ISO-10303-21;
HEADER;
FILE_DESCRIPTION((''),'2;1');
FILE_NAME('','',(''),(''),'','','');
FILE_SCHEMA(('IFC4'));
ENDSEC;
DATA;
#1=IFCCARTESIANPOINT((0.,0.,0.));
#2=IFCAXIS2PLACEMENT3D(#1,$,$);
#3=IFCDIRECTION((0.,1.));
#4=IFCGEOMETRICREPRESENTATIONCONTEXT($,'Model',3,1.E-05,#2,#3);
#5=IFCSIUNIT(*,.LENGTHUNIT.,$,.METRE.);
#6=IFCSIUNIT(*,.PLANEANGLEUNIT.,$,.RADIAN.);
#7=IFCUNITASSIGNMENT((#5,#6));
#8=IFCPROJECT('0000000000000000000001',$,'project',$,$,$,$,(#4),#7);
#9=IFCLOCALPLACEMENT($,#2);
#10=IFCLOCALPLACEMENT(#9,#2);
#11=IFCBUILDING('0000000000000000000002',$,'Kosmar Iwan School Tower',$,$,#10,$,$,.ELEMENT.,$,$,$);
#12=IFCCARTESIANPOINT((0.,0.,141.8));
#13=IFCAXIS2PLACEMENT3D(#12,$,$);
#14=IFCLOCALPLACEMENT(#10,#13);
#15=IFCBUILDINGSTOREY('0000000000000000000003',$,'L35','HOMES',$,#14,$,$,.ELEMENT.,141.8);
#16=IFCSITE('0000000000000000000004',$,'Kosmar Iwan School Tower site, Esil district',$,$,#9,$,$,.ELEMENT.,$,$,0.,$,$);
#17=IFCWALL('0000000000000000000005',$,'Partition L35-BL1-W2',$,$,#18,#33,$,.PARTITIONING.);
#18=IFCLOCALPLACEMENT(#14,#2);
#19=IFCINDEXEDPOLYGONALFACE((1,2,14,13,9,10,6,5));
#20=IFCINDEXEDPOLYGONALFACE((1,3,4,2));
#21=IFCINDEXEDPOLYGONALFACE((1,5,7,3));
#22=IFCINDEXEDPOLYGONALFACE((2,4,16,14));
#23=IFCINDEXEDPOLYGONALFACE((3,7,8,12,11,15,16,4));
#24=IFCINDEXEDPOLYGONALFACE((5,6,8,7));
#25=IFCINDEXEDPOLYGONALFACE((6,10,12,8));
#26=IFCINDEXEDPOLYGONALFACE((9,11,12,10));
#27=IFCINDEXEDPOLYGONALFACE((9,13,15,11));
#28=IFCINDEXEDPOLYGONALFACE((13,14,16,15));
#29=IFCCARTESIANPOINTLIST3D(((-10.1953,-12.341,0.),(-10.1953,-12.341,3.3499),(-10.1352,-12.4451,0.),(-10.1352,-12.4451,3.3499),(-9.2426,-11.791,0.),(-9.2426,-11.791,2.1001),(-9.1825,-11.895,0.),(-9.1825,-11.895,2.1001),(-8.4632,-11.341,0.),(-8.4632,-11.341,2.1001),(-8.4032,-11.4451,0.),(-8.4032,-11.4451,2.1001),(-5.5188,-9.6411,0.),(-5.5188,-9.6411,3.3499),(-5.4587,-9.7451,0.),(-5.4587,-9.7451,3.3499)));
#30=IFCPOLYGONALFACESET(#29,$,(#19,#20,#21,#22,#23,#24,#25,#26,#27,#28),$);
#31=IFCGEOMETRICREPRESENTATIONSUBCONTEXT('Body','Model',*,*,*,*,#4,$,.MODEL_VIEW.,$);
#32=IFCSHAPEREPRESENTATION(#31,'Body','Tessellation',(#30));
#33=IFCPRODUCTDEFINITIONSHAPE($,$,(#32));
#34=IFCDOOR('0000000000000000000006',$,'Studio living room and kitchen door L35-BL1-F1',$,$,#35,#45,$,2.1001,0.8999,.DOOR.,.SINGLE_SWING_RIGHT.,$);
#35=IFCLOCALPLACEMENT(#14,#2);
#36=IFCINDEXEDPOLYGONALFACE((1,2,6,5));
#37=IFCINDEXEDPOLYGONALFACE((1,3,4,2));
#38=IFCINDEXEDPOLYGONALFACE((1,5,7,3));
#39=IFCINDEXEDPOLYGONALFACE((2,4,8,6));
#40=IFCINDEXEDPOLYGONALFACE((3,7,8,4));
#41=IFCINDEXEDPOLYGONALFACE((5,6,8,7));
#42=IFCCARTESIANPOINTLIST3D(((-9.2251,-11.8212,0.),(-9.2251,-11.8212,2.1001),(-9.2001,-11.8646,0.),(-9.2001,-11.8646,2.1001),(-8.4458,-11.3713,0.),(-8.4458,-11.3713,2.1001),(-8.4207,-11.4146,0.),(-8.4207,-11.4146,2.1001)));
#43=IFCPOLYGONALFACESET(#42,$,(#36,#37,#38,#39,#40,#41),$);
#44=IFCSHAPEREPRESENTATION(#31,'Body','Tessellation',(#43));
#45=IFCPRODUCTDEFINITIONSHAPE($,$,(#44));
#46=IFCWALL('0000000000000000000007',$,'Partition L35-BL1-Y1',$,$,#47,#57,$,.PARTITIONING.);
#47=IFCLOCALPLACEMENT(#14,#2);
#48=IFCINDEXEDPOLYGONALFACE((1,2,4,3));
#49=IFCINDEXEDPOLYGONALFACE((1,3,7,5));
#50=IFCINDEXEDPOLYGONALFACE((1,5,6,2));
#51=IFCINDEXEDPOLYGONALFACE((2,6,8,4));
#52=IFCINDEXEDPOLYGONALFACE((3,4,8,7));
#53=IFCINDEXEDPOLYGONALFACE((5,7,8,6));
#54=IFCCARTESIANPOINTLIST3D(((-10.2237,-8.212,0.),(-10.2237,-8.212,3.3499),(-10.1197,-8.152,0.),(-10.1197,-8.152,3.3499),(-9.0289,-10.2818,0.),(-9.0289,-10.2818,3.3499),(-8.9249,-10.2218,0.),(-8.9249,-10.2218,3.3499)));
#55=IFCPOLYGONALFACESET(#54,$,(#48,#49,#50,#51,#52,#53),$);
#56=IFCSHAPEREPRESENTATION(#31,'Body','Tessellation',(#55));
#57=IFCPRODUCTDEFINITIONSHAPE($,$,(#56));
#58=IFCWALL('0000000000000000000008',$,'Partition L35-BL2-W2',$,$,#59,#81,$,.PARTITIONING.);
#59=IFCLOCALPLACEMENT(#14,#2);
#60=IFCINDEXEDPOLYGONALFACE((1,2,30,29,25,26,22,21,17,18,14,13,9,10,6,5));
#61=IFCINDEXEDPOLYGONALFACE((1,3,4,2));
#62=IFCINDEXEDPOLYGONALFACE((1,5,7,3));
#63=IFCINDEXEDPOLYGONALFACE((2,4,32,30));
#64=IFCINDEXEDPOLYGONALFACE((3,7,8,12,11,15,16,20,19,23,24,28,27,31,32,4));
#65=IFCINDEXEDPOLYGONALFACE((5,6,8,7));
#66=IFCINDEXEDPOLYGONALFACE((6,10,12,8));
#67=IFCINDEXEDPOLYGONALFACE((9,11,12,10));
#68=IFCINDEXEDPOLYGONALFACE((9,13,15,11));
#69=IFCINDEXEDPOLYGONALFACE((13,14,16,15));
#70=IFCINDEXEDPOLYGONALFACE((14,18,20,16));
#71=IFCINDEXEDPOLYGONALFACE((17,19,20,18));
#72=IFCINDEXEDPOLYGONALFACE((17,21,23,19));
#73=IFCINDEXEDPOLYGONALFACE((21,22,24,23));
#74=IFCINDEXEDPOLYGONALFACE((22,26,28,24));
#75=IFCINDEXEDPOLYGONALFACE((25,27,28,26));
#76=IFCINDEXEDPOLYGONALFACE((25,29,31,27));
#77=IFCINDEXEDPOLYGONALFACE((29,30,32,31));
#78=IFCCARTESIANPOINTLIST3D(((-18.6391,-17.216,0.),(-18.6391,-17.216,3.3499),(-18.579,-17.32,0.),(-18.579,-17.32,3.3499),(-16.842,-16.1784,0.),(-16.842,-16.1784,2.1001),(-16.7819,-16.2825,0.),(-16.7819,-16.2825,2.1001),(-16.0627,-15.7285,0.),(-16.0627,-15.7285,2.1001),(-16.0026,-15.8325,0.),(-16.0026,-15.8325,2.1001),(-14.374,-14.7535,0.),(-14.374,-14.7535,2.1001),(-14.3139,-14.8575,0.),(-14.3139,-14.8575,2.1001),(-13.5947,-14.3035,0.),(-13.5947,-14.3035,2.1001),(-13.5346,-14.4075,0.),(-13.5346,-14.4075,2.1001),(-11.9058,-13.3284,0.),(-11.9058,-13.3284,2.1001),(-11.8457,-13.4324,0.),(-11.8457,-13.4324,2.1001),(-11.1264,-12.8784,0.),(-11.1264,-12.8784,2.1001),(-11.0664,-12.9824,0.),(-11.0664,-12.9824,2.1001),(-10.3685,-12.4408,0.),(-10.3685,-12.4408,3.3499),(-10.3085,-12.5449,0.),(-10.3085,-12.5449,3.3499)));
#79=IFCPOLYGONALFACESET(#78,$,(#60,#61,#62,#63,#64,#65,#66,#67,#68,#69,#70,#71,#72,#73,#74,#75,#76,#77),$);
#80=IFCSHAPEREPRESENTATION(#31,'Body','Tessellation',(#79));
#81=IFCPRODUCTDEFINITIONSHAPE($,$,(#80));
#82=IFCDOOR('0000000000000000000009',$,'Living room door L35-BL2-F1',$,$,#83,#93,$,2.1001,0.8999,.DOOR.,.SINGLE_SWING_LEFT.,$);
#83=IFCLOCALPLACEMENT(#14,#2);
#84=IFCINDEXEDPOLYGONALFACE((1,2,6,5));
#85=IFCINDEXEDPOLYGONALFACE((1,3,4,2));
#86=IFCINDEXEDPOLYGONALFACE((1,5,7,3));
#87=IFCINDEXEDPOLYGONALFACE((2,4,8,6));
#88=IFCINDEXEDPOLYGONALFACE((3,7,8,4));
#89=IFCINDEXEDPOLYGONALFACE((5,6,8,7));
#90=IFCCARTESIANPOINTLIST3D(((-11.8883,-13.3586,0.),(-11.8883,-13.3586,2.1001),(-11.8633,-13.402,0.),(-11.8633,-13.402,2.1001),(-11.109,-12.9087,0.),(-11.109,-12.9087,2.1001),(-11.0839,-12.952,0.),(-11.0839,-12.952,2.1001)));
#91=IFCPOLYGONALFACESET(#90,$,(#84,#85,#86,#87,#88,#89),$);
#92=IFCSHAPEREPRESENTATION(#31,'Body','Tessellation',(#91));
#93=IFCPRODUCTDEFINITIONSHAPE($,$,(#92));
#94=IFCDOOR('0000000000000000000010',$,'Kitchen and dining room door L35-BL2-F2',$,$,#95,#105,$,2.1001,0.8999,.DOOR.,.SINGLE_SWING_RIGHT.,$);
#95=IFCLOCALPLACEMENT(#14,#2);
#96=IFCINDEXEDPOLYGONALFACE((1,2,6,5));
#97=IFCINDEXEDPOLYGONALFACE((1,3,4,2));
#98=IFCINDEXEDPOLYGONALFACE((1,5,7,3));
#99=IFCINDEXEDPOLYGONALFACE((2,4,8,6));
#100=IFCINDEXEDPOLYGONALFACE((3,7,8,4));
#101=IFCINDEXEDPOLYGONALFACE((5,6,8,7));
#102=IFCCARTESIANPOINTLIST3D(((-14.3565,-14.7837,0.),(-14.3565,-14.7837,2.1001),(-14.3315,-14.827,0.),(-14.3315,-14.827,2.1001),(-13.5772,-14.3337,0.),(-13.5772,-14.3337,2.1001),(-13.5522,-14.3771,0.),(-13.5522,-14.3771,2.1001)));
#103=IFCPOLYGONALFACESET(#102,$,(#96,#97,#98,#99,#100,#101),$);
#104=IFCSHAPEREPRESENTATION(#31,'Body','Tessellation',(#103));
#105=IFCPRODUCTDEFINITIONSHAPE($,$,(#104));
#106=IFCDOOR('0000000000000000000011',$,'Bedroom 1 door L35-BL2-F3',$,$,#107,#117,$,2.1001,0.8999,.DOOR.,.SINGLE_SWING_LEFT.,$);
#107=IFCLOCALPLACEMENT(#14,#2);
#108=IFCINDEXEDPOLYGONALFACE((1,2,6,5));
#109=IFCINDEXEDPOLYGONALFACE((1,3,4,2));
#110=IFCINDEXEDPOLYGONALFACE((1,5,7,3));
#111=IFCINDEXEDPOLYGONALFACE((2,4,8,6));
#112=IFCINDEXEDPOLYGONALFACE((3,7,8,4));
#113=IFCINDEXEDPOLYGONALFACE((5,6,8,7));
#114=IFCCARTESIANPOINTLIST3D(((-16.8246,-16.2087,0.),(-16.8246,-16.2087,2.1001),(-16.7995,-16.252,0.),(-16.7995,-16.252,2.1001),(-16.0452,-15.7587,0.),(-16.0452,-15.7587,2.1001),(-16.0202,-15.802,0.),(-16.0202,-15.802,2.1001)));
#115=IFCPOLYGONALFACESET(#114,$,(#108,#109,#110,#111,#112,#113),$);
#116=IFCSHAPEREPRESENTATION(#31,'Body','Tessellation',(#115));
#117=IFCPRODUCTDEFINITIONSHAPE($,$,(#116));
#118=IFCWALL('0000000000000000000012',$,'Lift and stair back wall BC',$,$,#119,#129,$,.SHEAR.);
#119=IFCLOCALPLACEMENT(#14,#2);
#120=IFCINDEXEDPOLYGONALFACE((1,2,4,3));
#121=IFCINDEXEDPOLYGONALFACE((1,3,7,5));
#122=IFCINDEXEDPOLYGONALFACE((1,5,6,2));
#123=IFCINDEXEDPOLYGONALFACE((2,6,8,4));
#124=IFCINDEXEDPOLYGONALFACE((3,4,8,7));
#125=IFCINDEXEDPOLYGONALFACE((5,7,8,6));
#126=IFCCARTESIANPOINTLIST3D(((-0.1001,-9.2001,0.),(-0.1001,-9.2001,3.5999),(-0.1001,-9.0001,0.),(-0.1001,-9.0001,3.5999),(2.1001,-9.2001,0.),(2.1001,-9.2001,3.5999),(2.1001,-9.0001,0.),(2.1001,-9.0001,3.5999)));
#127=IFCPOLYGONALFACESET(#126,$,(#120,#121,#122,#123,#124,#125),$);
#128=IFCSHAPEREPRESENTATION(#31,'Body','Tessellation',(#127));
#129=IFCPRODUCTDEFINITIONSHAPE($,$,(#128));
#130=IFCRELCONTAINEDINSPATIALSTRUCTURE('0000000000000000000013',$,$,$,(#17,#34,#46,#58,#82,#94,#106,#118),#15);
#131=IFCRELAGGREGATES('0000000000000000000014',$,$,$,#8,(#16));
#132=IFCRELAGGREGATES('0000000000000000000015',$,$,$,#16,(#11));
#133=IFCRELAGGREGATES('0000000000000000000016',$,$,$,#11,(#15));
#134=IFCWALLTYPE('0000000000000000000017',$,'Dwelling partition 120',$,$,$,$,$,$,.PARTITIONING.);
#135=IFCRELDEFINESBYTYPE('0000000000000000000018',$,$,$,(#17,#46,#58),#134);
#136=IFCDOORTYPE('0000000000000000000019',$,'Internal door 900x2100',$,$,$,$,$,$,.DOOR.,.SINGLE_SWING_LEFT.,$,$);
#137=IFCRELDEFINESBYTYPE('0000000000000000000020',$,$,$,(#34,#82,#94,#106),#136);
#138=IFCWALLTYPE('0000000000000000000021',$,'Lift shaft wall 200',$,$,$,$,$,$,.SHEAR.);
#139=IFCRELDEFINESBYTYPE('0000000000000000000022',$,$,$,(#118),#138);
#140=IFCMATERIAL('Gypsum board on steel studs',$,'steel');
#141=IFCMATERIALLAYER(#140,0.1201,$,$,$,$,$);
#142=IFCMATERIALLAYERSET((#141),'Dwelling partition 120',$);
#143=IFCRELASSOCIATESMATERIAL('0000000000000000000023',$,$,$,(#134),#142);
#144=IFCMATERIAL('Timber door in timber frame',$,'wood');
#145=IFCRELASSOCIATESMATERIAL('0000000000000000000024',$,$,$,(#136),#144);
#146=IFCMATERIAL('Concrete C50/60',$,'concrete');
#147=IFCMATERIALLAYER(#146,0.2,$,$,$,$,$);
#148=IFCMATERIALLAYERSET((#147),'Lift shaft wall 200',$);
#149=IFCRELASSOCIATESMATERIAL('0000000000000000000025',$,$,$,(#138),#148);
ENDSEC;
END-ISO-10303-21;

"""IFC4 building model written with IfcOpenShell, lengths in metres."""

from ifc_helpers import new_model, si_unit, direction, frame, frame_2d, origin, place, context, subcontext, project, spatial, rectangle, extrude, material, layer, layer_set, type_object, element, fill, save


model = new_model("IFC4")

# Units and contexts
model_context = context("Model", 3, precision=1e-05, world=origin(), true_north=direction((0.0, 1.0)))
body_context = subcontext(model_context, "Body", "Model", "MODEL_VIEW")
ifc_project = project(units=[si_unit("LENGTHUNIT", "METRE"), si_unit("PLANEANGLEUNIT", "RADIAN")], contexts=[model_context])

# Site, building, storey
site_placement = place(None, origin())
site = spatial("IfcSite", under=ifc_project, at=site_placement, Name="Kosmar Iwan School Tower site, Esil district", CompositionType="ELEMENT", RefElevation=0.0)
building_placement = place(site_placement, origin())
building = spatial("IfcBuilding", under=site, at=building_placement, Name="Kosmar Iwan School Tower", CompositionType="ELEMENT")
storey_placement = place(building_placement, frame((0.0, 0.0, 141.8)))
storey = spatial("IfcBuildingStorey", under=building, at=storey_placement, Name="L35", Description="HOMES", CompositionType="ELEMENT", Elevation=141.8)

# Shared definitions
ifc_material_1 = material(Name="Gypsum board on steel studs", Category="steel")
ifc_layer_1 = layer(ifc_material_1, 0.1201)
ifc_layer_set_1 = layer_set([ifc_layer_1], Name="Dwelling partition 120")
wall_type_1 = type_object("IfcWallType", Name="Dwelling partition 120", PredefinedType="PARTITIONING", material=ifc_layer_set_1)
ifc_material_2 = material(Name="Timber door in timber frame", Category="wood")
door_type_1 = type_object("IfcDoorType", Name="Internal door 900x2100", OperationType="SINGLE_SWING_LEFT", PredefinedType="DOOR", material=ifc_material_2)

# Wall, opening, door
wall_1_placement = place(storey_placement, frame((-5.4888, -9.6931, 0.0), z_axis=(0.0, 0.0, 1.0), x_axis=(-0.866028, -0.499995, 0.0)))
wall_1 = element("IfcWall", 1, at=wall_1_placement, inside=storey, type_object=wall_type_1, Name="Partition L35-BL1-W2", PredefinedType="PARTITIONING", context=body_context, shape_type="SweptSolid", body=[
    extrude(rectangle(XDim=5.3999, YDim=0.1201, at=frame_2d((2.7, 0.0))), origin(), (0.0, 0.0, 1.0), 3.3499),
])
opening_1_placement = place(wall_1_placement, frame((3.3999, 0.0, 0.0)))
opening_1 = element("IfcOpeningElement", 2, at=opening_1_placement, cuts=wall_1, PredefinedType="OPENING", context=body_context, shape_type="SweptSolid", body=[
    extrude(rectangle(XDim=0.8999, YDim=2.1001, at=frame_2d((0.45, 1.05))), frame((0.0, 0.072, 0.0), z_axis=(0.0, -1.0, 0.0), x_axis=(1.0, 0.0, 0.0)), (0.0, 0.0, 1.0), 0.144),
])
door_1_placement = place(opening_1_placement, origin())
door_1 = element("IfcDoor", 3, at=door_1_placement, inside=storey, type_object=door_type_1, Name="Studio living room and kitchen door L35-BL1-F1", OperationType="SINGLE_SWING_RIGHT", OverallHeight=2.1001, OverallWidth=0.8999, PredefinedType="DOOR", context=body_context, shape_type="SweptSolid", body=[
    extrude(rectangle(XDim=0.8999, YDim=2.1001, at=frame_2d((0.45, 1.05))), frame((0.0, 0.0249, 0.0), z_axis=(0.0, -1.0, 0.0), x_axis=(1.0, 0.0, 0.0)), (0.0, 0.0, 1.0), 0.05),
])
fill(opening_1, door_1)

# Wall
wall_2_placement = place(storey_placement, frame((-10.1716, -8.1821, 0.0), z_axis=(0.0, 0.0, 1.0), x_axis=(0.499941, -0.86606, 0.0)))
element("IfcWall", 4, at=wall_2_placement, inside=storey, type_object=wall_type_1, Name="Partition L35-BL1-Y1", PredefinedType="PARTITIONING", context=body_context, shape_type="SweptSolid", body=[
    extrude(rectangle(XDim=2.3899, YDim=0.1201, at=frame_2d((1.1948, 0.0))), origin(), (0.0, 0.0, 1.0), 3.3499),
])

# Wall, openings, doors
wall_3_placement = place(storey_placement, frame((-10.3386, -12.4929, 0.0), z_axis=(0.0, 0.0, 1.0), x_axis=(-0.866018, -0.500013, 0.0)))
wall_3 = element("IfcWall", 5, at=wall_3_placement, inside=storey, type_object=wall_type_1, Name="Partition L35-BL2-W2", PredefinedType="PARTITIONING", context=body_context, shape_type="SweptSolid", body=[
    extrude(rectangle(XDim=9.55, YDim=0.1201, at=frame_2d((4.7749, 0.0))), origin(), (0.0, 0.0, 1.0), 3.3499),
])
opening_2_placement = place(wall_3_placement, frame((0.875, 0.0, 0.0)))
opening_2 = element("IfcOpeningElement", 6, at=opening_2_placement, cuts=wall_3, PredefinedType="OPENING", context=body_context, shape_type="SweptSolid", body=[
    extrude(rectangle(XDim=0.8999, YDim=2.1001, at=frame_2d((0.45, 1.05))), frame((0.0, 0.072, 0.0), z_axis=(0.0, -1.0, 0.0), x_axis=(1.0, 0.0, 0.0)), (0.0, 0.0, 1.0), 0.144),
])
opening_3_placement = place(wall_3_placement, frame((3.7251, 0.0, 0.0)))
opening_3 = element("IfcOpeningElement", 7, at=opening_3_placement, cuts=wall_3, PredefinedType="OPENING", context=body_context, shape_type="SweptSolid", body=[
    extrude(rectangle(XDim=0.8999, YDim=2.1001, at=frame_2d((0.45, 1.05))), frame((0.0, 0.072, 0.0), z_axis=(0.0, -1.0, 0.0), x_axis=(1.0, 0.0, 0.0)), (0.0, 0.0, 1.0), 0.144),
])
opening_4_placement = place(wall_3_placement, frame((6.575, 0.0, 0.0)))
opening_4 = element("IfcOpeningElement", 8, at=opening_4_placement, cuts=wall_3, PredefinedType="OPENING", context=body_context, shape_type="SweptSolid", body=[
    extrude(rectangle(XDim=0.8999, YDim=2.1001, at=frame_2d((0.45, 1.05))), frame((0.0, 0.072, 0.0), z_axis=(0.0, -1.0, 0.0), x_axis=(1.0, 0.0, 0.0)), (0.0, 0.0, 1.0), 0.144),
])
door_2_placement = place(opening_2_placement, origin())
door_2 = element("IfcDoor", 9, at=door_2_placement, inside=storey, type_object=door_type_1, Name="Living room door L35-BL2-F1", OperationType="SINGLE_SWING_LEFT", OverallHeight=2.1001, OverallWidth=0.8999, PredefinedType="DOOR", context=body_context, shape_type="SweptSolid", body=[
    extrude(rectangle(XDim=0.8999, YDim=2.1001, at=frame_2d((0.45, 1.05))), frame((0.0, 0.0249, 0.0), z_axis=(0.0, -1.0, 0.0), x_axis=(1.0, 0.0, 0.0)), (0.0, 0.0, 1.0), 0.05),
])
fill(opening_2, door_2)
door_3_placement = place(opening_3_placement, origin())
door_3 = element("IfcDoor", 10, at=door_3_placement, inside=storey, type_object=door_type_1, Name="Kitchen and dining room door L35-BL2-F2", OperationType="SINGLE_SWING_RIGHT", OverallHeight=2.1001, OverallWidth=0.8999, PredefinedType="DOOR", context=body_context, shape_type="SweptSolid", body=[
    extrude(rectangle(XDim=0.8999, YDim=2.1001, at=frame_2d((0.45, 1.05))), frame((0.0, 0.0249, 0.0), z_axis=(0.0, -1.0, 0.0), x_axis=(1.0, 0.0, 0.0)), (0.0, 0.0, 1.0), 0.05),
])
fill(opening_3, door_3)
door_4_placement = place(opening_4_placement, origin())
door_4 = element("IfcDoor", 11, at=door_4_placement, inside=storey, type_object=door_type_1, Name="Bedroom 1 door L35-BL2-F3", OperationType="SINGLE_SWING_LEFT", OverallHeight=2.1001, OverallWidth=0.8999, PredefinedType="DOOR", context=body_context, shape_type="SweptSolid", body=[
    extrude(rectangle(XDim=0.8999, YDim=2.1001, at=frame_2d((0.45, 1.05))), frame((0.0, 0.0249, 0.0), z_axis=(0.0, -1.0, 0.0), x_axis=(1.0, 0.0, 0.0)), (0.0, 0.0, 1.0), 0.05),
])
fill(opening_4, door_4)

# Wall
ifc_material_3 = material(Name="Concrete C50/60", Category="concrete")
ifc_layer_2 = layer(ifc_material_3, 0.2)
ifc_layer_set_2 = layer_set([ifc_layer_2], Name="Lift shaft wall 200")
wall_type_2 = type_object("IfcWallType", Name="Lift shaft wall 200", PredefinedType="SHEAR", material=ifc_layer_set_2)
wall_4_placement = place(storey_placement, frame((-0.1001, -9.1001, 0.0), z_axis=(0.0, 0.0, 1.0), x_axis=(1.0, 0.0, 0.0)))
element("IfcWall", 12, at=wall_4_placement, inside=storey, type_object=wall_type_2, Name="Lift and stair back wall BC", PredefinedType="SHEAR", context=body_context, shape_type="SweptSolid", body=[
    extrude(rectangle(XDim=2.2002, YDim=0.2, at=frame_2d((1.1001, 0.0))), origin(), (0.0, 0.0, 1.0), 3.5999),
])

save(model, "model.ifc")
